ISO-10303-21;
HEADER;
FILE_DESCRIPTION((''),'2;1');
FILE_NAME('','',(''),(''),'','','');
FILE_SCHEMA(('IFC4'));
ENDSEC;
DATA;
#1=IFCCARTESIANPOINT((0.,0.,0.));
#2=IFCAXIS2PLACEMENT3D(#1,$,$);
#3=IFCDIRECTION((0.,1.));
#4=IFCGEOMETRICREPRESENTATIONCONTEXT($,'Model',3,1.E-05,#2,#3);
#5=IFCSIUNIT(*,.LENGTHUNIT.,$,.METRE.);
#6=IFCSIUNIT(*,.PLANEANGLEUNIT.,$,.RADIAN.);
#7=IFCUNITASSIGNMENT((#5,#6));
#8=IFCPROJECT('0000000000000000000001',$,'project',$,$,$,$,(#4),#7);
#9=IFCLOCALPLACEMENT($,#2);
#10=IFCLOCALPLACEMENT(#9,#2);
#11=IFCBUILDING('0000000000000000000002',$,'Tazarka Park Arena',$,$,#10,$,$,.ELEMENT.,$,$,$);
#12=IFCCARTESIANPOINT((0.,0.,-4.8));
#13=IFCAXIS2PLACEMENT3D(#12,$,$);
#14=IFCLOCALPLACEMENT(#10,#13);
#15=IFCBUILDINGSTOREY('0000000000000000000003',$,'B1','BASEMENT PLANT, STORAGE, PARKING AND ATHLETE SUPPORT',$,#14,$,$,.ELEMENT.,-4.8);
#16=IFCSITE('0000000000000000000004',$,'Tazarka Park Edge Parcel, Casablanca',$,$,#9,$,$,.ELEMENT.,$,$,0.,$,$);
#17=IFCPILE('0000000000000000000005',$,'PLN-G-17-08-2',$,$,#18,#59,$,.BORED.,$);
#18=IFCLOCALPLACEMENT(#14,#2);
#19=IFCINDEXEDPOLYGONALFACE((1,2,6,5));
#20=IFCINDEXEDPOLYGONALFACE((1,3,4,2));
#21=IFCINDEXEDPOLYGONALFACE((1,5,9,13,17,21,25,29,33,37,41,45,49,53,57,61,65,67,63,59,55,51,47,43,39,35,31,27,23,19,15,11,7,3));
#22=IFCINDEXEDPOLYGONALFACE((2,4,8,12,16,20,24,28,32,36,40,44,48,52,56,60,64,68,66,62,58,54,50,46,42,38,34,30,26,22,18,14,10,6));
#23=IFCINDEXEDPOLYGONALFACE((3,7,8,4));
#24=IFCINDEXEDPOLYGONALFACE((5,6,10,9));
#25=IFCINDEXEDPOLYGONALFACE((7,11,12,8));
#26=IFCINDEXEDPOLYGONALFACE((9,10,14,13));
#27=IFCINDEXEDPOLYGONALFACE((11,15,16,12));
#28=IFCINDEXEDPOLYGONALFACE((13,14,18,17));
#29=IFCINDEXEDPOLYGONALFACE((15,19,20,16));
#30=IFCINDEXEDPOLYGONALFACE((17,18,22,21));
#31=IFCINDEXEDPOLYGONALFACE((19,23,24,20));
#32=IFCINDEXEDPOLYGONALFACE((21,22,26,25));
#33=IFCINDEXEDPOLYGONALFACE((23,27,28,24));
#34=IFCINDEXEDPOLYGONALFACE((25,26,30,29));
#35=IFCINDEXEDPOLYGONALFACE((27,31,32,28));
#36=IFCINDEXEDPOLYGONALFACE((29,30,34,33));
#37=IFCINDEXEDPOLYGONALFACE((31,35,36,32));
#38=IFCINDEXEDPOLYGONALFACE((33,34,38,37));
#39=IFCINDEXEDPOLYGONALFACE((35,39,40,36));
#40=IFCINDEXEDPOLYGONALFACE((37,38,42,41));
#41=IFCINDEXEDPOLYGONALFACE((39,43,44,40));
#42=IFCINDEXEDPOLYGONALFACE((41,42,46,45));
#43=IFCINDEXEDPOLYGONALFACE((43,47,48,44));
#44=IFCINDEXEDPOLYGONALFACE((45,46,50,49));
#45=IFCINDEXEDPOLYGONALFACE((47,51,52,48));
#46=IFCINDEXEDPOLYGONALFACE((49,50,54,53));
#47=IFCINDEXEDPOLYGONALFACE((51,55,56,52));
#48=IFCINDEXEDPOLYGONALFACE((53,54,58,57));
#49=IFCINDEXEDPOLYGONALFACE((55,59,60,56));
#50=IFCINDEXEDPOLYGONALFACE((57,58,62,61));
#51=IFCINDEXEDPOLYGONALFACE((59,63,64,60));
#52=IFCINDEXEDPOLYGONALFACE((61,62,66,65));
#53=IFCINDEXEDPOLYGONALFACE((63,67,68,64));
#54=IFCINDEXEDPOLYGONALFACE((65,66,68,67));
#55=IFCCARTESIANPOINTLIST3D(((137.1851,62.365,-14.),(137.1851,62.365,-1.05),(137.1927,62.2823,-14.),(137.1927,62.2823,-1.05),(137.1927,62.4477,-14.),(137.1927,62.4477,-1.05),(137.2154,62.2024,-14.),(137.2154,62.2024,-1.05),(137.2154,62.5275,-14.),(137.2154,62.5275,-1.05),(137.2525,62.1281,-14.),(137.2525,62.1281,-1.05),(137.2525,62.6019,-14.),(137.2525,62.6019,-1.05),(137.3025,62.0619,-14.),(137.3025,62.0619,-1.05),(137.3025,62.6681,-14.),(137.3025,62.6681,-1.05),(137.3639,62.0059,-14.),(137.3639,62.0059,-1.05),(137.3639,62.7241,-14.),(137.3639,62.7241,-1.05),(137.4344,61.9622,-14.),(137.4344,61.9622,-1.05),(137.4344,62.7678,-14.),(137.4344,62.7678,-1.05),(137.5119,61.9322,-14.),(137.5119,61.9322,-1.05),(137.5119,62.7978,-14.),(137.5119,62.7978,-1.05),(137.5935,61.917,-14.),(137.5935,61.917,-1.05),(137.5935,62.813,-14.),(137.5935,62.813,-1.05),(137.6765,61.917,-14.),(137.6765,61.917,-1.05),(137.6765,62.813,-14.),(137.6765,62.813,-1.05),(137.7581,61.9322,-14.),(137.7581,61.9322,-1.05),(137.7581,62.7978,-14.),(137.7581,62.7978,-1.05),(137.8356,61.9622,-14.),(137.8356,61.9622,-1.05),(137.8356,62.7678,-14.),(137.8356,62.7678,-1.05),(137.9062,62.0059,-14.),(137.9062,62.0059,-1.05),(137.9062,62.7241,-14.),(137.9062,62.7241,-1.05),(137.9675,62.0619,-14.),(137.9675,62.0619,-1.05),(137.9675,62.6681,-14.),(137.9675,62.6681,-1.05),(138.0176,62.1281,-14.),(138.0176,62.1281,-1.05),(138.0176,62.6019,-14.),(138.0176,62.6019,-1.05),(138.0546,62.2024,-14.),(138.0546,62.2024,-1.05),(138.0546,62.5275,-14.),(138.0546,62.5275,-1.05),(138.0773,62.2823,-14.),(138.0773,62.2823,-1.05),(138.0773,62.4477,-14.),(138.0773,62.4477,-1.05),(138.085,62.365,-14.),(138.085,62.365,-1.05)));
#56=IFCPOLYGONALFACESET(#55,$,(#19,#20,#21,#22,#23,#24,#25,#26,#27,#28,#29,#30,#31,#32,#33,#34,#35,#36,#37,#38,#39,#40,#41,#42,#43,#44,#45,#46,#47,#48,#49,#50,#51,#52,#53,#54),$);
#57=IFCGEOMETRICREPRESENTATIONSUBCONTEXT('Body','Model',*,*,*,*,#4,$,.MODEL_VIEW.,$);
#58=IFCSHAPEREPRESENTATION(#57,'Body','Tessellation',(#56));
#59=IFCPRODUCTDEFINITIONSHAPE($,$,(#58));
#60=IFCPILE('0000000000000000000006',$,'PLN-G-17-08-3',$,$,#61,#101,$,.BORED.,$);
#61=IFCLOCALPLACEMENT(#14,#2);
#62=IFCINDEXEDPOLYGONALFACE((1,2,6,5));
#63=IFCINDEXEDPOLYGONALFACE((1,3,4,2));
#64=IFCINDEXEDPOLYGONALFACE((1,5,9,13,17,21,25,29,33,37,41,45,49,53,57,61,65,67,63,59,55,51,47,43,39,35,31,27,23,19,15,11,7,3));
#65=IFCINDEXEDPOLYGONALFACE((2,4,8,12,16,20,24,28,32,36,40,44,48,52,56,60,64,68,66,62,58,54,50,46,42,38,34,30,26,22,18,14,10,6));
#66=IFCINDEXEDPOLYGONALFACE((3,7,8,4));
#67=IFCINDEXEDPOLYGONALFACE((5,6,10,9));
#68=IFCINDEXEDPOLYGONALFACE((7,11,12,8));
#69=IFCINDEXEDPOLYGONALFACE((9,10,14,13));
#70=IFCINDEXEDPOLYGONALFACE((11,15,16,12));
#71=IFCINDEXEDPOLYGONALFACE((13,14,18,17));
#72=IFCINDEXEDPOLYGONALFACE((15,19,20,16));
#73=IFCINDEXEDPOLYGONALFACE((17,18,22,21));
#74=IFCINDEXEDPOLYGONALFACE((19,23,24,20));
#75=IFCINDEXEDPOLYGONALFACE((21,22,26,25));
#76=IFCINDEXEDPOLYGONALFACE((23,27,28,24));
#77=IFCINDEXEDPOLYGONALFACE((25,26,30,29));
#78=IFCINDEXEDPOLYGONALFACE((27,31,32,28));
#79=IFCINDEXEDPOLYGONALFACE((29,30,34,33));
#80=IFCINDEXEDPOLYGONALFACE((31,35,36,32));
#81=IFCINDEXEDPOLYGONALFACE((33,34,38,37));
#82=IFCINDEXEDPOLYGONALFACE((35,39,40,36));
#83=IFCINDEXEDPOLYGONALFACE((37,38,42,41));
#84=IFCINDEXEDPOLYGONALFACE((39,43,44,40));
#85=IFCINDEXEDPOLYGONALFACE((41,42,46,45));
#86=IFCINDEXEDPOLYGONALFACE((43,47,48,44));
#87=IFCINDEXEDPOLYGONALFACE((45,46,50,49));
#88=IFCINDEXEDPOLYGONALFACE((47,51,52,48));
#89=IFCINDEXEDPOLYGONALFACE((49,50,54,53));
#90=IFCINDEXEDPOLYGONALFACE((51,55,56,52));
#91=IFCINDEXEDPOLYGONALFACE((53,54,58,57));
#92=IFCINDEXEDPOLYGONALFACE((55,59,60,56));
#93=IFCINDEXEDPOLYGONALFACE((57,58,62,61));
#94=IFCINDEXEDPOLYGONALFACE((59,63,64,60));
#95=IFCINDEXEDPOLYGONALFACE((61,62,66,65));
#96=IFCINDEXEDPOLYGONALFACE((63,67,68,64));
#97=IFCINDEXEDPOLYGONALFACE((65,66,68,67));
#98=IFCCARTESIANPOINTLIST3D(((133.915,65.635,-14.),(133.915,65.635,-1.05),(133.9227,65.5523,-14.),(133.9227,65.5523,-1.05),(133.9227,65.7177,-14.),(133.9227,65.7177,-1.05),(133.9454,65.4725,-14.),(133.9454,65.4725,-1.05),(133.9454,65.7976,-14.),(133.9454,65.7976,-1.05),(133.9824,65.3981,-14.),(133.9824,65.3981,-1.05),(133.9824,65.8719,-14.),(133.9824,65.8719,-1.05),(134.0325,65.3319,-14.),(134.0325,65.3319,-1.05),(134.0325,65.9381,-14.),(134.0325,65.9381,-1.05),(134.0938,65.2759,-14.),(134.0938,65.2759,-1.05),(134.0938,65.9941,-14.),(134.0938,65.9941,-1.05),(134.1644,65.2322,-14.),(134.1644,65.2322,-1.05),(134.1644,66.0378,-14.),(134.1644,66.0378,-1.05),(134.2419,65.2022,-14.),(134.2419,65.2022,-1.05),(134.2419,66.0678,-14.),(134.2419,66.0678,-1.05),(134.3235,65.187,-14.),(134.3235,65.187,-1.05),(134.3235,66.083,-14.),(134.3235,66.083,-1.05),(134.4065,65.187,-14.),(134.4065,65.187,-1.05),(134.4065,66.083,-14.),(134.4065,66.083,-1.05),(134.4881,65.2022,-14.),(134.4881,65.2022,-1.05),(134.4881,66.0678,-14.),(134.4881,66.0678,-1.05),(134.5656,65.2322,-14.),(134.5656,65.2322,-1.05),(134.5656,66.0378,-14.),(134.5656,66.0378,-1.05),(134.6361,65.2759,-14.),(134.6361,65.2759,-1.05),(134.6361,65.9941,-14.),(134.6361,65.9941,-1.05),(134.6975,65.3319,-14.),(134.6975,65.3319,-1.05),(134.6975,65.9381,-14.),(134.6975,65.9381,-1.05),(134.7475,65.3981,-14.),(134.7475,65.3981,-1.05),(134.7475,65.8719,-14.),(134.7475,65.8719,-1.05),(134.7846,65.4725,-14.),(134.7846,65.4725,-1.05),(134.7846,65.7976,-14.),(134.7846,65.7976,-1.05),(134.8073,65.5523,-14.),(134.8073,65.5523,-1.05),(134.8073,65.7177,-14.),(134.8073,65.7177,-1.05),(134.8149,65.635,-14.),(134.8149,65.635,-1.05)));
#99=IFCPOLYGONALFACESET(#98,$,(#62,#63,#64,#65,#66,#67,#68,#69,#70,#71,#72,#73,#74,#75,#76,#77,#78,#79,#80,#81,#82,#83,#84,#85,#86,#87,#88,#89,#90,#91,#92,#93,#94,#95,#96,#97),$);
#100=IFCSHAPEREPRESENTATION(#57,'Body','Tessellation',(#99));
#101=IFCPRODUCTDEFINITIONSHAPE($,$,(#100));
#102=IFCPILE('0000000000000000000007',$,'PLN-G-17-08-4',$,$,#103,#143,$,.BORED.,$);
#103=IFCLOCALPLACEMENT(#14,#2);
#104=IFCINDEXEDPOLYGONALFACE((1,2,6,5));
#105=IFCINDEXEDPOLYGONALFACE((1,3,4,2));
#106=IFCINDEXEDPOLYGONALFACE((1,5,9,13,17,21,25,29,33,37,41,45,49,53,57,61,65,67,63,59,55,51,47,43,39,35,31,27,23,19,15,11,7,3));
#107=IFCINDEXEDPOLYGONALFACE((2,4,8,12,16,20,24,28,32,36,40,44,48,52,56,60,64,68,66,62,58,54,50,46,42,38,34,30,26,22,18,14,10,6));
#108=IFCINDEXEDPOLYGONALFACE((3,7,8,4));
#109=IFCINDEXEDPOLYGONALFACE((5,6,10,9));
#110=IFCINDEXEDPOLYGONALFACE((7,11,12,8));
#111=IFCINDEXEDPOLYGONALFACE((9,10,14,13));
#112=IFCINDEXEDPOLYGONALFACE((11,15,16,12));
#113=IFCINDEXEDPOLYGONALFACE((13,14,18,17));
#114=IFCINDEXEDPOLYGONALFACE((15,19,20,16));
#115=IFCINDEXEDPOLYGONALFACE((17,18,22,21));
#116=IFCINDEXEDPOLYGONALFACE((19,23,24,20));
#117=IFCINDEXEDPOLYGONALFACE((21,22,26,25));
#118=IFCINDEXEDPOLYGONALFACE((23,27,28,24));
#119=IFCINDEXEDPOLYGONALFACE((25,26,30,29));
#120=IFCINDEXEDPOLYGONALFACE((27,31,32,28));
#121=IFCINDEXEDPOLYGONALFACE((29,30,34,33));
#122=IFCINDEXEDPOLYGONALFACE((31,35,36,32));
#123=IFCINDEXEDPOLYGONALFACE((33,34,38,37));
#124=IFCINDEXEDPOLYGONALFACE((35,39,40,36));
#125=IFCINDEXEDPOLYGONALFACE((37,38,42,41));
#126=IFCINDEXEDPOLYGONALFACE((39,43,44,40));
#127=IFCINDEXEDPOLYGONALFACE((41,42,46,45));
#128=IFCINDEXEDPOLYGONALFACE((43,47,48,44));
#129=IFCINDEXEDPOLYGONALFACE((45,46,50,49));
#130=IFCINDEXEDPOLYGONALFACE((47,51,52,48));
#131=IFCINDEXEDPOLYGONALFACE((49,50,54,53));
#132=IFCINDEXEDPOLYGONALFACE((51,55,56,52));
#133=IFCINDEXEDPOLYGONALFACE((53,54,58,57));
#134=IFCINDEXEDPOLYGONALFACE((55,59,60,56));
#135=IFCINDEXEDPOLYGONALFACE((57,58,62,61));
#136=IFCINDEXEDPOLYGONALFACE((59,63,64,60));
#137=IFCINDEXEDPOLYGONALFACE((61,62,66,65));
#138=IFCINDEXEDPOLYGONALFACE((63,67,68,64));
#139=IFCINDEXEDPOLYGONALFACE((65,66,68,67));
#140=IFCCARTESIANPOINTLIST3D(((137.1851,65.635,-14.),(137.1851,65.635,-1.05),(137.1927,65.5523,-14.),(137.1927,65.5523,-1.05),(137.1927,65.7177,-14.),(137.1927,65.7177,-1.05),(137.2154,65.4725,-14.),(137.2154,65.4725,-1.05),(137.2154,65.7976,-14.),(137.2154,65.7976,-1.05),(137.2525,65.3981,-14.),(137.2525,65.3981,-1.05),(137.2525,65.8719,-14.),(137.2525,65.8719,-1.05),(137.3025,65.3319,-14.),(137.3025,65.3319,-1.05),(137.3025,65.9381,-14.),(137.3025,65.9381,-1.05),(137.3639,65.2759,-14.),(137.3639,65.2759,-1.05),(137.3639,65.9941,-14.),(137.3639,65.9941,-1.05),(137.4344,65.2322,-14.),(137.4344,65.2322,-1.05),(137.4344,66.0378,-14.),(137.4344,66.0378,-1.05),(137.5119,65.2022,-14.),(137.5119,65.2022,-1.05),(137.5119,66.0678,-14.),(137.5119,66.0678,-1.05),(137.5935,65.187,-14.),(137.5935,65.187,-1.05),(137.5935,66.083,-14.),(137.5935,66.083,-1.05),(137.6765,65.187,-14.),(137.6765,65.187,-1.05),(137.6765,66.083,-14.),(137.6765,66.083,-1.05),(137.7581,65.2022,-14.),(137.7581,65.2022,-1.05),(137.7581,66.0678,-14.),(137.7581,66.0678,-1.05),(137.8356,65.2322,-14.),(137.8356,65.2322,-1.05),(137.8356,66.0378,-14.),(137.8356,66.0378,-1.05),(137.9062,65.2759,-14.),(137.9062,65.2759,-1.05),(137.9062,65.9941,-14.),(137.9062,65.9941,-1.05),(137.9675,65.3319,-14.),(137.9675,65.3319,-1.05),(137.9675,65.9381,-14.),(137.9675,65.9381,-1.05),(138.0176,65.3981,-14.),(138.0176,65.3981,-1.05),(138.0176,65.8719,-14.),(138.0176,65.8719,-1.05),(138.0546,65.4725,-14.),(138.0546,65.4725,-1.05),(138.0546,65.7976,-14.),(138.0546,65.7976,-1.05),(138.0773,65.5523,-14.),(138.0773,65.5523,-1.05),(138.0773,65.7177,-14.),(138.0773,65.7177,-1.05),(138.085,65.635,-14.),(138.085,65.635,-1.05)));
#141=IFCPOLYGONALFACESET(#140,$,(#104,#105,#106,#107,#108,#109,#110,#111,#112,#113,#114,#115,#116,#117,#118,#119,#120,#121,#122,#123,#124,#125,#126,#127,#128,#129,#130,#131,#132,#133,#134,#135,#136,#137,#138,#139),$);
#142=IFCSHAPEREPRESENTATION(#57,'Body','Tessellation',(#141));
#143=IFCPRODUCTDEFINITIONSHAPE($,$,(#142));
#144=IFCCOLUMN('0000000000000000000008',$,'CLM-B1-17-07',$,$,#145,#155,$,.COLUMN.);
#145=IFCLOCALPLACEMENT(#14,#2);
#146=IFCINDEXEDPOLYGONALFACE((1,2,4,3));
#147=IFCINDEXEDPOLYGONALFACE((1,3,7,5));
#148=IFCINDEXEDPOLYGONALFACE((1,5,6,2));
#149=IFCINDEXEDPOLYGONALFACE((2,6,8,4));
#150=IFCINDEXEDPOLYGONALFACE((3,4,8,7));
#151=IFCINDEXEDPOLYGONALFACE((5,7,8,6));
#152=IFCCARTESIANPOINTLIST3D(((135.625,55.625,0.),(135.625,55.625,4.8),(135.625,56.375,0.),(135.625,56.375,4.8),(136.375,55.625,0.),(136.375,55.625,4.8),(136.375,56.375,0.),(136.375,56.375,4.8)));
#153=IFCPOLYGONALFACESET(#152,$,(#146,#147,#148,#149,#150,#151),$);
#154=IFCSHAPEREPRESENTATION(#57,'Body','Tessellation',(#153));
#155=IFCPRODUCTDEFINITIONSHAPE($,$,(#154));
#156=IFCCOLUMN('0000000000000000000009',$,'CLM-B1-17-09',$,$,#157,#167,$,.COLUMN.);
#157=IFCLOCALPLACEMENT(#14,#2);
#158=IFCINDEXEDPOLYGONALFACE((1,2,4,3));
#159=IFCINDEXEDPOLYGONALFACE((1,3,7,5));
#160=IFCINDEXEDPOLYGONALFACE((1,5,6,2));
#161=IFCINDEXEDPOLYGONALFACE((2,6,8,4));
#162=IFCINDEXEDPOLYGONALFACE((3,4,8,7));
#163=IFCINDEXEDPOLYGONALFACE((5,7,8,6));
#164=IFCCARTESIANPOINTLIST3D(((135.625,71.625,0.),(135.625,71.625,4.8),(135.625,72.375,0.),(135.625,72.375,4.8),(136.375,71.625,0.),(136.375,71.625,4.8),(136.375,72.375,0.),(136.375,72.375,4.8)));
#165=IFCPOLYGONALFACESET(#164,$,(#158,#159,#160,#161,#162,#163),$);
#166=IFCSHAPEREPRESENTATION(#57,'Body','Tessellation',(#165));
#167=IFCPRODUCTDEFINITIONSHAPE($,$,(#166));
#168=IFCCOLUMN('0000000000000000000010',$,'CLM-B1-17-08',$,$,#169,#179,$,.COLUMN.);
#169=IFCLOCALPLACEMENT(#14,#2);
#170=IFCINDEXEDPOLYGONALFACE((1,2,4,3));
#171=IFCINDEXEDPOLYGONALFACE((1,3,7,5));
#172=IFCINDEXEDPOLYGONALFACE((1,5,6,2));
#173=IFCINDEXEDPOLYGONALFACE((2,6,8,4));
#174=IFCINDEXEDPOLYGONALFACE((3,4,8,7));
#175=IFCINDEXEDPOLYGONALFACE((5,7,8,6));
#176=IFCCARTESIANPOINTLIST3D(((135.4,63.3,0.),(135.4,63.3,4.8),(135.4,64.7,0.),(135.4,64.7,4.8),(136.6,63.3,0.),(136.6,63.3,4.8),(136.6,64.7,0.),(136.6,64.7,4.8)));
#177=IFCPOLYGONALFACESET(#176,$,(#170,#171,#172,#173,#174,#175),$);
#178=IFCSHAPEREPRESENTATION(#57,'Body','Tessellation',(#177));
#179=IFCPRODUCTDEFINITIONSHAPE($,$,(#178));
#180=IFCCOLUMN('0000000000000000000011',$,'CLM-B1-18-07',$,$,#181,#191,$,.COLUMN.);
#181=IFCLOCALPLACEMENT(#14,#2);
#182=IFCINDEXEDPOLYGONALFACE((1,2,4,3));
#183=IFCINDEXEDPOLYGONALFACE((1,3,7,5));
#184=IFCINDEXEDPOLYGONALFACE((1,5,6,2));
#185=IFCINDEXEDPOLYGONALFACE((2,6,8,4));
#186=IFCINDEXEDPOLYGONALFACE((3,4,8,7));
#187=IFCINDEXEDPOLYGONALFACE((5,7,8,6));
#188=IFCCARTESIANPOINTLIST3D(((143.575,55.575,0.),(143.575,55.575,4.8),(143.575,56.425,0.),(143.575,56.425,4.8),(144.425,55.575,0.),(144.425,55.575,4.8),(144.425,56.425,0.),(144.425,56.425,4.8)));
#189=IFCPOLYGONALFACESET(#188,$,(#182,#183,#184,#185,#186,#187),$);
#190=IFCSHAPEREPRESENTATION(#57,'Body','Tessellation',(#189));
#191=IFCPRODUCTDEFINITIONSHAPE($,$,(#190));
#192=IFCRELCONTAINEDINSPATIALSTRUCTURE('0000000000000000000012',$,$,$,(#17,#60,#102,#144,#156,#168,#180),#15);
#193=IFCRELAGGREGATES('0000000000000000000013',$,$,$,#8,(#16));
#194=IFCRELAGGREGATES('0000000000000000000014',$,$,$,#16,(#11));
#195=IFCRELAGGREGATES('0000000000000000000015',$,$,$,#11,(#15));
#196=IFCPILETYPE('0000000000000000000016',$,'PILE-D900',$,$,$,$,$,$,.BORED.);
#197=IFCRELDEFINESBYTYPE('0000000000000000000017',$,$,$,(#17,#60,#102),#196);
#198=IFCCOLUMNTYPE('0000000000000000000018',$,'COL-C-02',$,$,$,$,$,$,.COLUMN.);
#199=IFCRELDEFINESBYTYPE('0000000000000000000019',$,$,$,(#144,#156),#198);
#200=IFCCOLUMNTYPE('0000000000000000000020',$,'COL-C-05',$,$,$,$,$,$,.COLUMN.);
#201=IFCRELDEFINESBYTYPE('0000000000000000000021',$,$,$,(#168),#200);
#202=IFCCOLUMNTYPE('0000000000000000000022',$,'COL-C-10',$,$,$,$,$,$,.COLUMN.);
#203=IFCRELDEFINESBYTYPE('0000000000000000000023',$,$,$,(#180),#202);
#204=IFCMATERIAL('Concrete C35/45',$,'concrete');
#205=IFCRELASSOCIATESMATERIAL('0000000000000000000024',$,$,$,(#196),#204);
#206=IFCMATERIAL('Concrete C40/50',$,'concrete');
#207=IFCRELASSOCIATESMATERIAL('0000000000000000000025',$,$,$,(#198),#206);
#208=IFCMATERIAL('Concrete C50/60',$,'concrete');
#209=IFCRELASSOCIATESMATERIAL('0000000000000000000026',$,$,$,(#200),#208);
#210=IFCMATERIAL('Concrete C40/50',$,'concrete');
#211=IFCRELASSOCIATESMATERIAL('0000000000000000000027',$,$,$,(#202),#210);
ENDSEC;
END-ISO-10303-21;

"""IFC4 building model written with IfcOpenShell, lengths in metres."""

from ifc_helpers import new_model, si_unit, direction, frame, origin, origin_2d, place, context, subcontext, project, spatial, rectangle, circle, extrude, material, material_profile, profile_set, type_object, element, save


model = new_model("IFC4")

# Units and contexts
model_context = context("Model", 3, precision=1e-05, world=origin(), true_north=direction((0.0, 1.0)))
body_context = subcontext(model_context, "Body", "Model", "MODEL_VIEW")
ifc_project = project(units=[si_unit("LENGTHUNIT", "METRE"), si_unit("PLANEANGLEUNIT", "RADIAN")], contexts=[model_context])

# Site, building, storey
site_placement = place(None, origin())
site = spatial("IfcSite", under=ifc_project, at=site_placement, Name="Tazarka Park Edge Parcel, Casablanca", CompositionType="ELEMENT", RefElevation=0.0)
building_placement = place(site_placement, origin())
building = spatial("IfcBuilding", under=site, at=building_placement, Name="Tazarka Park Arena", CompositionType="ELEMENT")
storey_placement = place(building_placement, frame((0.0, 0.0, -4.8)))
storey = spatial("IfcBuildingStorey", under=building, at=storey_placement, Name="B1", Description="BASEMENT PLANT, STORAGE, PARKING AND ATHLETE SUPPORT", CompositionType="ELEMENT", Elevation=-4.8)

# Piles
ifc_material_1 = material(Name="Concrete C35/45", Category="concrete")
ifc_material_profile_1 = material_profile(ifc_material_1, circle(Radius=0.45, at=origin_2d()), Name="Concrete C35/45")
ifc_profile_set_1 = profile_set([ifc_material_profile_1], Name="Concrete C35/45")
pile_type_1 = type_object("IfcPileType", Name="PILE-D900", PredefinedType="BORED", material=ifc_profile_set_1)
for number, where, z_axis, x_axis, name in (
    (1, (137.635, 62.365, -1.05), (0.0, 0.0, -1.0), (1.0, 0.0, 0.0), "PLN-G-17-08-2"),
    (2, (134.365, 65.635, -1.05), (0.0, 0.0, -1.0), (1.0, 0.0, 0.0), "PLN-G-17-08-3"),
    (3, (137.635, 65.635, -1.05), (0.0, 0.0, -1.0), (1.0, 0.0, 0.0), "PLN-G-17-08-4"),
):
    element("IfcPile", number, at=place(storey_placement, frame(where, z_axis=z_axis, x_axis=x_axis)), inside=storey, type_object=pile_type_1, Name=name, PredefinedType="BORED", context=body_context, shape_type="SweptSolid", body=[
        extrude(circle(Radius=0.45, at=origin_2d()), origin(), (0.0, 0.0, 1.0), 12.95),
    ])

# Columns
ifc_material_2 = material(Name="Concrete C40/50", Category="concrete")
ifc_material_profile_2 = material_profile(ifc_material_2, rectangle(XDim=0.75, YDim=0.75, at=origin_2d()), Name="Concrete C40/50")
ifc_profile_set_2 = profile_set([ifc_material_profile_2], Name="Concrete C40/50")
column_type_1 = type_object("IfcColumnType", Name="COL-C-02", PredefinedType="COLUMN", material=ifc_profile_set_2)
for number, where, z_axis, x_axis, name in (
    (4, (136.0, 56.0, 0.0), (0.0, 0.0, 1.0), (1.0, 0.0, 0.0), "CLM-B1-17-07"),
    (5, (136.0, 72.0, 0.0), (0.0, 0.0, 1.0), (1.0, 0.0, 0.0), "CLM-B1-17-09"),
):
    element("IfcColumn", number, at=place(storey_placement, frame(where, z_axis=z_axis, x_axis=x_axis)), inside=storey, type_object=column_type_1, Name=name, PredefinedType="COLUMN", context=body_context, shape_type="SweptSolid", body=[
        extrude(rectangle(XDim=0.75, YDim=0.75, at=origin_2d()), origin(), (0.0, 0.0, 1.0), 4.8),
    ])
ifc_material_3 = material(Name="Concrete C50/60", Category="concrete")
ifc_material_profile_3 = material_profile(ifc_material_3, rectangle(XDim=1.2, YDim=1.3999, at=origin_2d()), Name="Concrete C50/60")
ifc_profile_set_3 = profile_set([ifc_material_profile_3], Name="Concrete C50/60")
column_type_2 = type_object("IfcColumnType", Name="COL-C-05", PredefinedType="COLUMN", material=ifc_profile_set_3)
column_1_placement = place(storey_placement, frame((136.0, 64.0, 0.0), z_axis=(0.0, 0.0, 1.0), x_axis=(1.0, 0.0, 0.0)))
element("IfcColumn", 6, at=column_1_placement, inside=storey, type_object=column_type_2, Name="CLM-B1-17-08", PredefinedType="COLUMN", context=body_context, shape_type="SweptSolid", body=[
    extrude(rectangle(XDim=1.2, YDim=1.3999, at=origin_2d()), origin(), (0.0, 0.0, 1.0), 4.8),
])
ifc_material_4 = material(Name="Concrete C40/50", Category="concrete")
ifc_material_profile_4 = material_profile(ifc_material_4, rectangle(XDim=0.8501, YDim=0.8501, at=origin_2d()), Name="Concrete C40/50")
ifc_profile_set_4 = profile_set([ifc_material_profile_4], Name="Concrete C40/50")
column_type_3 = type_object("IfcColumnType", Name="COL-C-10", PredefinedType="COLUMN", material=ifc_profile_set_4)
column_2_placement = place(storey_placement, frame((144.0, 56.0, 0.0), z_axis=(0.0, 0.0, 1.0), x_axis=(1.0, 0.0, 0.0)))
element("IfcColumn", 7, at=column_2_placement, inside=storey, type_object=column_type_3, Name="CLM-B1-18-07", PredefinedType="COLUMN", context=body_context, shape_type="SweptSolid", body=[
    extrude(rectangle(XDim=0.8501, YDim=0.8501, at=origin_2d()), origin(), (0.0, 0.0, 1.0), 4.8),
])

save(model, "model.ifc")
